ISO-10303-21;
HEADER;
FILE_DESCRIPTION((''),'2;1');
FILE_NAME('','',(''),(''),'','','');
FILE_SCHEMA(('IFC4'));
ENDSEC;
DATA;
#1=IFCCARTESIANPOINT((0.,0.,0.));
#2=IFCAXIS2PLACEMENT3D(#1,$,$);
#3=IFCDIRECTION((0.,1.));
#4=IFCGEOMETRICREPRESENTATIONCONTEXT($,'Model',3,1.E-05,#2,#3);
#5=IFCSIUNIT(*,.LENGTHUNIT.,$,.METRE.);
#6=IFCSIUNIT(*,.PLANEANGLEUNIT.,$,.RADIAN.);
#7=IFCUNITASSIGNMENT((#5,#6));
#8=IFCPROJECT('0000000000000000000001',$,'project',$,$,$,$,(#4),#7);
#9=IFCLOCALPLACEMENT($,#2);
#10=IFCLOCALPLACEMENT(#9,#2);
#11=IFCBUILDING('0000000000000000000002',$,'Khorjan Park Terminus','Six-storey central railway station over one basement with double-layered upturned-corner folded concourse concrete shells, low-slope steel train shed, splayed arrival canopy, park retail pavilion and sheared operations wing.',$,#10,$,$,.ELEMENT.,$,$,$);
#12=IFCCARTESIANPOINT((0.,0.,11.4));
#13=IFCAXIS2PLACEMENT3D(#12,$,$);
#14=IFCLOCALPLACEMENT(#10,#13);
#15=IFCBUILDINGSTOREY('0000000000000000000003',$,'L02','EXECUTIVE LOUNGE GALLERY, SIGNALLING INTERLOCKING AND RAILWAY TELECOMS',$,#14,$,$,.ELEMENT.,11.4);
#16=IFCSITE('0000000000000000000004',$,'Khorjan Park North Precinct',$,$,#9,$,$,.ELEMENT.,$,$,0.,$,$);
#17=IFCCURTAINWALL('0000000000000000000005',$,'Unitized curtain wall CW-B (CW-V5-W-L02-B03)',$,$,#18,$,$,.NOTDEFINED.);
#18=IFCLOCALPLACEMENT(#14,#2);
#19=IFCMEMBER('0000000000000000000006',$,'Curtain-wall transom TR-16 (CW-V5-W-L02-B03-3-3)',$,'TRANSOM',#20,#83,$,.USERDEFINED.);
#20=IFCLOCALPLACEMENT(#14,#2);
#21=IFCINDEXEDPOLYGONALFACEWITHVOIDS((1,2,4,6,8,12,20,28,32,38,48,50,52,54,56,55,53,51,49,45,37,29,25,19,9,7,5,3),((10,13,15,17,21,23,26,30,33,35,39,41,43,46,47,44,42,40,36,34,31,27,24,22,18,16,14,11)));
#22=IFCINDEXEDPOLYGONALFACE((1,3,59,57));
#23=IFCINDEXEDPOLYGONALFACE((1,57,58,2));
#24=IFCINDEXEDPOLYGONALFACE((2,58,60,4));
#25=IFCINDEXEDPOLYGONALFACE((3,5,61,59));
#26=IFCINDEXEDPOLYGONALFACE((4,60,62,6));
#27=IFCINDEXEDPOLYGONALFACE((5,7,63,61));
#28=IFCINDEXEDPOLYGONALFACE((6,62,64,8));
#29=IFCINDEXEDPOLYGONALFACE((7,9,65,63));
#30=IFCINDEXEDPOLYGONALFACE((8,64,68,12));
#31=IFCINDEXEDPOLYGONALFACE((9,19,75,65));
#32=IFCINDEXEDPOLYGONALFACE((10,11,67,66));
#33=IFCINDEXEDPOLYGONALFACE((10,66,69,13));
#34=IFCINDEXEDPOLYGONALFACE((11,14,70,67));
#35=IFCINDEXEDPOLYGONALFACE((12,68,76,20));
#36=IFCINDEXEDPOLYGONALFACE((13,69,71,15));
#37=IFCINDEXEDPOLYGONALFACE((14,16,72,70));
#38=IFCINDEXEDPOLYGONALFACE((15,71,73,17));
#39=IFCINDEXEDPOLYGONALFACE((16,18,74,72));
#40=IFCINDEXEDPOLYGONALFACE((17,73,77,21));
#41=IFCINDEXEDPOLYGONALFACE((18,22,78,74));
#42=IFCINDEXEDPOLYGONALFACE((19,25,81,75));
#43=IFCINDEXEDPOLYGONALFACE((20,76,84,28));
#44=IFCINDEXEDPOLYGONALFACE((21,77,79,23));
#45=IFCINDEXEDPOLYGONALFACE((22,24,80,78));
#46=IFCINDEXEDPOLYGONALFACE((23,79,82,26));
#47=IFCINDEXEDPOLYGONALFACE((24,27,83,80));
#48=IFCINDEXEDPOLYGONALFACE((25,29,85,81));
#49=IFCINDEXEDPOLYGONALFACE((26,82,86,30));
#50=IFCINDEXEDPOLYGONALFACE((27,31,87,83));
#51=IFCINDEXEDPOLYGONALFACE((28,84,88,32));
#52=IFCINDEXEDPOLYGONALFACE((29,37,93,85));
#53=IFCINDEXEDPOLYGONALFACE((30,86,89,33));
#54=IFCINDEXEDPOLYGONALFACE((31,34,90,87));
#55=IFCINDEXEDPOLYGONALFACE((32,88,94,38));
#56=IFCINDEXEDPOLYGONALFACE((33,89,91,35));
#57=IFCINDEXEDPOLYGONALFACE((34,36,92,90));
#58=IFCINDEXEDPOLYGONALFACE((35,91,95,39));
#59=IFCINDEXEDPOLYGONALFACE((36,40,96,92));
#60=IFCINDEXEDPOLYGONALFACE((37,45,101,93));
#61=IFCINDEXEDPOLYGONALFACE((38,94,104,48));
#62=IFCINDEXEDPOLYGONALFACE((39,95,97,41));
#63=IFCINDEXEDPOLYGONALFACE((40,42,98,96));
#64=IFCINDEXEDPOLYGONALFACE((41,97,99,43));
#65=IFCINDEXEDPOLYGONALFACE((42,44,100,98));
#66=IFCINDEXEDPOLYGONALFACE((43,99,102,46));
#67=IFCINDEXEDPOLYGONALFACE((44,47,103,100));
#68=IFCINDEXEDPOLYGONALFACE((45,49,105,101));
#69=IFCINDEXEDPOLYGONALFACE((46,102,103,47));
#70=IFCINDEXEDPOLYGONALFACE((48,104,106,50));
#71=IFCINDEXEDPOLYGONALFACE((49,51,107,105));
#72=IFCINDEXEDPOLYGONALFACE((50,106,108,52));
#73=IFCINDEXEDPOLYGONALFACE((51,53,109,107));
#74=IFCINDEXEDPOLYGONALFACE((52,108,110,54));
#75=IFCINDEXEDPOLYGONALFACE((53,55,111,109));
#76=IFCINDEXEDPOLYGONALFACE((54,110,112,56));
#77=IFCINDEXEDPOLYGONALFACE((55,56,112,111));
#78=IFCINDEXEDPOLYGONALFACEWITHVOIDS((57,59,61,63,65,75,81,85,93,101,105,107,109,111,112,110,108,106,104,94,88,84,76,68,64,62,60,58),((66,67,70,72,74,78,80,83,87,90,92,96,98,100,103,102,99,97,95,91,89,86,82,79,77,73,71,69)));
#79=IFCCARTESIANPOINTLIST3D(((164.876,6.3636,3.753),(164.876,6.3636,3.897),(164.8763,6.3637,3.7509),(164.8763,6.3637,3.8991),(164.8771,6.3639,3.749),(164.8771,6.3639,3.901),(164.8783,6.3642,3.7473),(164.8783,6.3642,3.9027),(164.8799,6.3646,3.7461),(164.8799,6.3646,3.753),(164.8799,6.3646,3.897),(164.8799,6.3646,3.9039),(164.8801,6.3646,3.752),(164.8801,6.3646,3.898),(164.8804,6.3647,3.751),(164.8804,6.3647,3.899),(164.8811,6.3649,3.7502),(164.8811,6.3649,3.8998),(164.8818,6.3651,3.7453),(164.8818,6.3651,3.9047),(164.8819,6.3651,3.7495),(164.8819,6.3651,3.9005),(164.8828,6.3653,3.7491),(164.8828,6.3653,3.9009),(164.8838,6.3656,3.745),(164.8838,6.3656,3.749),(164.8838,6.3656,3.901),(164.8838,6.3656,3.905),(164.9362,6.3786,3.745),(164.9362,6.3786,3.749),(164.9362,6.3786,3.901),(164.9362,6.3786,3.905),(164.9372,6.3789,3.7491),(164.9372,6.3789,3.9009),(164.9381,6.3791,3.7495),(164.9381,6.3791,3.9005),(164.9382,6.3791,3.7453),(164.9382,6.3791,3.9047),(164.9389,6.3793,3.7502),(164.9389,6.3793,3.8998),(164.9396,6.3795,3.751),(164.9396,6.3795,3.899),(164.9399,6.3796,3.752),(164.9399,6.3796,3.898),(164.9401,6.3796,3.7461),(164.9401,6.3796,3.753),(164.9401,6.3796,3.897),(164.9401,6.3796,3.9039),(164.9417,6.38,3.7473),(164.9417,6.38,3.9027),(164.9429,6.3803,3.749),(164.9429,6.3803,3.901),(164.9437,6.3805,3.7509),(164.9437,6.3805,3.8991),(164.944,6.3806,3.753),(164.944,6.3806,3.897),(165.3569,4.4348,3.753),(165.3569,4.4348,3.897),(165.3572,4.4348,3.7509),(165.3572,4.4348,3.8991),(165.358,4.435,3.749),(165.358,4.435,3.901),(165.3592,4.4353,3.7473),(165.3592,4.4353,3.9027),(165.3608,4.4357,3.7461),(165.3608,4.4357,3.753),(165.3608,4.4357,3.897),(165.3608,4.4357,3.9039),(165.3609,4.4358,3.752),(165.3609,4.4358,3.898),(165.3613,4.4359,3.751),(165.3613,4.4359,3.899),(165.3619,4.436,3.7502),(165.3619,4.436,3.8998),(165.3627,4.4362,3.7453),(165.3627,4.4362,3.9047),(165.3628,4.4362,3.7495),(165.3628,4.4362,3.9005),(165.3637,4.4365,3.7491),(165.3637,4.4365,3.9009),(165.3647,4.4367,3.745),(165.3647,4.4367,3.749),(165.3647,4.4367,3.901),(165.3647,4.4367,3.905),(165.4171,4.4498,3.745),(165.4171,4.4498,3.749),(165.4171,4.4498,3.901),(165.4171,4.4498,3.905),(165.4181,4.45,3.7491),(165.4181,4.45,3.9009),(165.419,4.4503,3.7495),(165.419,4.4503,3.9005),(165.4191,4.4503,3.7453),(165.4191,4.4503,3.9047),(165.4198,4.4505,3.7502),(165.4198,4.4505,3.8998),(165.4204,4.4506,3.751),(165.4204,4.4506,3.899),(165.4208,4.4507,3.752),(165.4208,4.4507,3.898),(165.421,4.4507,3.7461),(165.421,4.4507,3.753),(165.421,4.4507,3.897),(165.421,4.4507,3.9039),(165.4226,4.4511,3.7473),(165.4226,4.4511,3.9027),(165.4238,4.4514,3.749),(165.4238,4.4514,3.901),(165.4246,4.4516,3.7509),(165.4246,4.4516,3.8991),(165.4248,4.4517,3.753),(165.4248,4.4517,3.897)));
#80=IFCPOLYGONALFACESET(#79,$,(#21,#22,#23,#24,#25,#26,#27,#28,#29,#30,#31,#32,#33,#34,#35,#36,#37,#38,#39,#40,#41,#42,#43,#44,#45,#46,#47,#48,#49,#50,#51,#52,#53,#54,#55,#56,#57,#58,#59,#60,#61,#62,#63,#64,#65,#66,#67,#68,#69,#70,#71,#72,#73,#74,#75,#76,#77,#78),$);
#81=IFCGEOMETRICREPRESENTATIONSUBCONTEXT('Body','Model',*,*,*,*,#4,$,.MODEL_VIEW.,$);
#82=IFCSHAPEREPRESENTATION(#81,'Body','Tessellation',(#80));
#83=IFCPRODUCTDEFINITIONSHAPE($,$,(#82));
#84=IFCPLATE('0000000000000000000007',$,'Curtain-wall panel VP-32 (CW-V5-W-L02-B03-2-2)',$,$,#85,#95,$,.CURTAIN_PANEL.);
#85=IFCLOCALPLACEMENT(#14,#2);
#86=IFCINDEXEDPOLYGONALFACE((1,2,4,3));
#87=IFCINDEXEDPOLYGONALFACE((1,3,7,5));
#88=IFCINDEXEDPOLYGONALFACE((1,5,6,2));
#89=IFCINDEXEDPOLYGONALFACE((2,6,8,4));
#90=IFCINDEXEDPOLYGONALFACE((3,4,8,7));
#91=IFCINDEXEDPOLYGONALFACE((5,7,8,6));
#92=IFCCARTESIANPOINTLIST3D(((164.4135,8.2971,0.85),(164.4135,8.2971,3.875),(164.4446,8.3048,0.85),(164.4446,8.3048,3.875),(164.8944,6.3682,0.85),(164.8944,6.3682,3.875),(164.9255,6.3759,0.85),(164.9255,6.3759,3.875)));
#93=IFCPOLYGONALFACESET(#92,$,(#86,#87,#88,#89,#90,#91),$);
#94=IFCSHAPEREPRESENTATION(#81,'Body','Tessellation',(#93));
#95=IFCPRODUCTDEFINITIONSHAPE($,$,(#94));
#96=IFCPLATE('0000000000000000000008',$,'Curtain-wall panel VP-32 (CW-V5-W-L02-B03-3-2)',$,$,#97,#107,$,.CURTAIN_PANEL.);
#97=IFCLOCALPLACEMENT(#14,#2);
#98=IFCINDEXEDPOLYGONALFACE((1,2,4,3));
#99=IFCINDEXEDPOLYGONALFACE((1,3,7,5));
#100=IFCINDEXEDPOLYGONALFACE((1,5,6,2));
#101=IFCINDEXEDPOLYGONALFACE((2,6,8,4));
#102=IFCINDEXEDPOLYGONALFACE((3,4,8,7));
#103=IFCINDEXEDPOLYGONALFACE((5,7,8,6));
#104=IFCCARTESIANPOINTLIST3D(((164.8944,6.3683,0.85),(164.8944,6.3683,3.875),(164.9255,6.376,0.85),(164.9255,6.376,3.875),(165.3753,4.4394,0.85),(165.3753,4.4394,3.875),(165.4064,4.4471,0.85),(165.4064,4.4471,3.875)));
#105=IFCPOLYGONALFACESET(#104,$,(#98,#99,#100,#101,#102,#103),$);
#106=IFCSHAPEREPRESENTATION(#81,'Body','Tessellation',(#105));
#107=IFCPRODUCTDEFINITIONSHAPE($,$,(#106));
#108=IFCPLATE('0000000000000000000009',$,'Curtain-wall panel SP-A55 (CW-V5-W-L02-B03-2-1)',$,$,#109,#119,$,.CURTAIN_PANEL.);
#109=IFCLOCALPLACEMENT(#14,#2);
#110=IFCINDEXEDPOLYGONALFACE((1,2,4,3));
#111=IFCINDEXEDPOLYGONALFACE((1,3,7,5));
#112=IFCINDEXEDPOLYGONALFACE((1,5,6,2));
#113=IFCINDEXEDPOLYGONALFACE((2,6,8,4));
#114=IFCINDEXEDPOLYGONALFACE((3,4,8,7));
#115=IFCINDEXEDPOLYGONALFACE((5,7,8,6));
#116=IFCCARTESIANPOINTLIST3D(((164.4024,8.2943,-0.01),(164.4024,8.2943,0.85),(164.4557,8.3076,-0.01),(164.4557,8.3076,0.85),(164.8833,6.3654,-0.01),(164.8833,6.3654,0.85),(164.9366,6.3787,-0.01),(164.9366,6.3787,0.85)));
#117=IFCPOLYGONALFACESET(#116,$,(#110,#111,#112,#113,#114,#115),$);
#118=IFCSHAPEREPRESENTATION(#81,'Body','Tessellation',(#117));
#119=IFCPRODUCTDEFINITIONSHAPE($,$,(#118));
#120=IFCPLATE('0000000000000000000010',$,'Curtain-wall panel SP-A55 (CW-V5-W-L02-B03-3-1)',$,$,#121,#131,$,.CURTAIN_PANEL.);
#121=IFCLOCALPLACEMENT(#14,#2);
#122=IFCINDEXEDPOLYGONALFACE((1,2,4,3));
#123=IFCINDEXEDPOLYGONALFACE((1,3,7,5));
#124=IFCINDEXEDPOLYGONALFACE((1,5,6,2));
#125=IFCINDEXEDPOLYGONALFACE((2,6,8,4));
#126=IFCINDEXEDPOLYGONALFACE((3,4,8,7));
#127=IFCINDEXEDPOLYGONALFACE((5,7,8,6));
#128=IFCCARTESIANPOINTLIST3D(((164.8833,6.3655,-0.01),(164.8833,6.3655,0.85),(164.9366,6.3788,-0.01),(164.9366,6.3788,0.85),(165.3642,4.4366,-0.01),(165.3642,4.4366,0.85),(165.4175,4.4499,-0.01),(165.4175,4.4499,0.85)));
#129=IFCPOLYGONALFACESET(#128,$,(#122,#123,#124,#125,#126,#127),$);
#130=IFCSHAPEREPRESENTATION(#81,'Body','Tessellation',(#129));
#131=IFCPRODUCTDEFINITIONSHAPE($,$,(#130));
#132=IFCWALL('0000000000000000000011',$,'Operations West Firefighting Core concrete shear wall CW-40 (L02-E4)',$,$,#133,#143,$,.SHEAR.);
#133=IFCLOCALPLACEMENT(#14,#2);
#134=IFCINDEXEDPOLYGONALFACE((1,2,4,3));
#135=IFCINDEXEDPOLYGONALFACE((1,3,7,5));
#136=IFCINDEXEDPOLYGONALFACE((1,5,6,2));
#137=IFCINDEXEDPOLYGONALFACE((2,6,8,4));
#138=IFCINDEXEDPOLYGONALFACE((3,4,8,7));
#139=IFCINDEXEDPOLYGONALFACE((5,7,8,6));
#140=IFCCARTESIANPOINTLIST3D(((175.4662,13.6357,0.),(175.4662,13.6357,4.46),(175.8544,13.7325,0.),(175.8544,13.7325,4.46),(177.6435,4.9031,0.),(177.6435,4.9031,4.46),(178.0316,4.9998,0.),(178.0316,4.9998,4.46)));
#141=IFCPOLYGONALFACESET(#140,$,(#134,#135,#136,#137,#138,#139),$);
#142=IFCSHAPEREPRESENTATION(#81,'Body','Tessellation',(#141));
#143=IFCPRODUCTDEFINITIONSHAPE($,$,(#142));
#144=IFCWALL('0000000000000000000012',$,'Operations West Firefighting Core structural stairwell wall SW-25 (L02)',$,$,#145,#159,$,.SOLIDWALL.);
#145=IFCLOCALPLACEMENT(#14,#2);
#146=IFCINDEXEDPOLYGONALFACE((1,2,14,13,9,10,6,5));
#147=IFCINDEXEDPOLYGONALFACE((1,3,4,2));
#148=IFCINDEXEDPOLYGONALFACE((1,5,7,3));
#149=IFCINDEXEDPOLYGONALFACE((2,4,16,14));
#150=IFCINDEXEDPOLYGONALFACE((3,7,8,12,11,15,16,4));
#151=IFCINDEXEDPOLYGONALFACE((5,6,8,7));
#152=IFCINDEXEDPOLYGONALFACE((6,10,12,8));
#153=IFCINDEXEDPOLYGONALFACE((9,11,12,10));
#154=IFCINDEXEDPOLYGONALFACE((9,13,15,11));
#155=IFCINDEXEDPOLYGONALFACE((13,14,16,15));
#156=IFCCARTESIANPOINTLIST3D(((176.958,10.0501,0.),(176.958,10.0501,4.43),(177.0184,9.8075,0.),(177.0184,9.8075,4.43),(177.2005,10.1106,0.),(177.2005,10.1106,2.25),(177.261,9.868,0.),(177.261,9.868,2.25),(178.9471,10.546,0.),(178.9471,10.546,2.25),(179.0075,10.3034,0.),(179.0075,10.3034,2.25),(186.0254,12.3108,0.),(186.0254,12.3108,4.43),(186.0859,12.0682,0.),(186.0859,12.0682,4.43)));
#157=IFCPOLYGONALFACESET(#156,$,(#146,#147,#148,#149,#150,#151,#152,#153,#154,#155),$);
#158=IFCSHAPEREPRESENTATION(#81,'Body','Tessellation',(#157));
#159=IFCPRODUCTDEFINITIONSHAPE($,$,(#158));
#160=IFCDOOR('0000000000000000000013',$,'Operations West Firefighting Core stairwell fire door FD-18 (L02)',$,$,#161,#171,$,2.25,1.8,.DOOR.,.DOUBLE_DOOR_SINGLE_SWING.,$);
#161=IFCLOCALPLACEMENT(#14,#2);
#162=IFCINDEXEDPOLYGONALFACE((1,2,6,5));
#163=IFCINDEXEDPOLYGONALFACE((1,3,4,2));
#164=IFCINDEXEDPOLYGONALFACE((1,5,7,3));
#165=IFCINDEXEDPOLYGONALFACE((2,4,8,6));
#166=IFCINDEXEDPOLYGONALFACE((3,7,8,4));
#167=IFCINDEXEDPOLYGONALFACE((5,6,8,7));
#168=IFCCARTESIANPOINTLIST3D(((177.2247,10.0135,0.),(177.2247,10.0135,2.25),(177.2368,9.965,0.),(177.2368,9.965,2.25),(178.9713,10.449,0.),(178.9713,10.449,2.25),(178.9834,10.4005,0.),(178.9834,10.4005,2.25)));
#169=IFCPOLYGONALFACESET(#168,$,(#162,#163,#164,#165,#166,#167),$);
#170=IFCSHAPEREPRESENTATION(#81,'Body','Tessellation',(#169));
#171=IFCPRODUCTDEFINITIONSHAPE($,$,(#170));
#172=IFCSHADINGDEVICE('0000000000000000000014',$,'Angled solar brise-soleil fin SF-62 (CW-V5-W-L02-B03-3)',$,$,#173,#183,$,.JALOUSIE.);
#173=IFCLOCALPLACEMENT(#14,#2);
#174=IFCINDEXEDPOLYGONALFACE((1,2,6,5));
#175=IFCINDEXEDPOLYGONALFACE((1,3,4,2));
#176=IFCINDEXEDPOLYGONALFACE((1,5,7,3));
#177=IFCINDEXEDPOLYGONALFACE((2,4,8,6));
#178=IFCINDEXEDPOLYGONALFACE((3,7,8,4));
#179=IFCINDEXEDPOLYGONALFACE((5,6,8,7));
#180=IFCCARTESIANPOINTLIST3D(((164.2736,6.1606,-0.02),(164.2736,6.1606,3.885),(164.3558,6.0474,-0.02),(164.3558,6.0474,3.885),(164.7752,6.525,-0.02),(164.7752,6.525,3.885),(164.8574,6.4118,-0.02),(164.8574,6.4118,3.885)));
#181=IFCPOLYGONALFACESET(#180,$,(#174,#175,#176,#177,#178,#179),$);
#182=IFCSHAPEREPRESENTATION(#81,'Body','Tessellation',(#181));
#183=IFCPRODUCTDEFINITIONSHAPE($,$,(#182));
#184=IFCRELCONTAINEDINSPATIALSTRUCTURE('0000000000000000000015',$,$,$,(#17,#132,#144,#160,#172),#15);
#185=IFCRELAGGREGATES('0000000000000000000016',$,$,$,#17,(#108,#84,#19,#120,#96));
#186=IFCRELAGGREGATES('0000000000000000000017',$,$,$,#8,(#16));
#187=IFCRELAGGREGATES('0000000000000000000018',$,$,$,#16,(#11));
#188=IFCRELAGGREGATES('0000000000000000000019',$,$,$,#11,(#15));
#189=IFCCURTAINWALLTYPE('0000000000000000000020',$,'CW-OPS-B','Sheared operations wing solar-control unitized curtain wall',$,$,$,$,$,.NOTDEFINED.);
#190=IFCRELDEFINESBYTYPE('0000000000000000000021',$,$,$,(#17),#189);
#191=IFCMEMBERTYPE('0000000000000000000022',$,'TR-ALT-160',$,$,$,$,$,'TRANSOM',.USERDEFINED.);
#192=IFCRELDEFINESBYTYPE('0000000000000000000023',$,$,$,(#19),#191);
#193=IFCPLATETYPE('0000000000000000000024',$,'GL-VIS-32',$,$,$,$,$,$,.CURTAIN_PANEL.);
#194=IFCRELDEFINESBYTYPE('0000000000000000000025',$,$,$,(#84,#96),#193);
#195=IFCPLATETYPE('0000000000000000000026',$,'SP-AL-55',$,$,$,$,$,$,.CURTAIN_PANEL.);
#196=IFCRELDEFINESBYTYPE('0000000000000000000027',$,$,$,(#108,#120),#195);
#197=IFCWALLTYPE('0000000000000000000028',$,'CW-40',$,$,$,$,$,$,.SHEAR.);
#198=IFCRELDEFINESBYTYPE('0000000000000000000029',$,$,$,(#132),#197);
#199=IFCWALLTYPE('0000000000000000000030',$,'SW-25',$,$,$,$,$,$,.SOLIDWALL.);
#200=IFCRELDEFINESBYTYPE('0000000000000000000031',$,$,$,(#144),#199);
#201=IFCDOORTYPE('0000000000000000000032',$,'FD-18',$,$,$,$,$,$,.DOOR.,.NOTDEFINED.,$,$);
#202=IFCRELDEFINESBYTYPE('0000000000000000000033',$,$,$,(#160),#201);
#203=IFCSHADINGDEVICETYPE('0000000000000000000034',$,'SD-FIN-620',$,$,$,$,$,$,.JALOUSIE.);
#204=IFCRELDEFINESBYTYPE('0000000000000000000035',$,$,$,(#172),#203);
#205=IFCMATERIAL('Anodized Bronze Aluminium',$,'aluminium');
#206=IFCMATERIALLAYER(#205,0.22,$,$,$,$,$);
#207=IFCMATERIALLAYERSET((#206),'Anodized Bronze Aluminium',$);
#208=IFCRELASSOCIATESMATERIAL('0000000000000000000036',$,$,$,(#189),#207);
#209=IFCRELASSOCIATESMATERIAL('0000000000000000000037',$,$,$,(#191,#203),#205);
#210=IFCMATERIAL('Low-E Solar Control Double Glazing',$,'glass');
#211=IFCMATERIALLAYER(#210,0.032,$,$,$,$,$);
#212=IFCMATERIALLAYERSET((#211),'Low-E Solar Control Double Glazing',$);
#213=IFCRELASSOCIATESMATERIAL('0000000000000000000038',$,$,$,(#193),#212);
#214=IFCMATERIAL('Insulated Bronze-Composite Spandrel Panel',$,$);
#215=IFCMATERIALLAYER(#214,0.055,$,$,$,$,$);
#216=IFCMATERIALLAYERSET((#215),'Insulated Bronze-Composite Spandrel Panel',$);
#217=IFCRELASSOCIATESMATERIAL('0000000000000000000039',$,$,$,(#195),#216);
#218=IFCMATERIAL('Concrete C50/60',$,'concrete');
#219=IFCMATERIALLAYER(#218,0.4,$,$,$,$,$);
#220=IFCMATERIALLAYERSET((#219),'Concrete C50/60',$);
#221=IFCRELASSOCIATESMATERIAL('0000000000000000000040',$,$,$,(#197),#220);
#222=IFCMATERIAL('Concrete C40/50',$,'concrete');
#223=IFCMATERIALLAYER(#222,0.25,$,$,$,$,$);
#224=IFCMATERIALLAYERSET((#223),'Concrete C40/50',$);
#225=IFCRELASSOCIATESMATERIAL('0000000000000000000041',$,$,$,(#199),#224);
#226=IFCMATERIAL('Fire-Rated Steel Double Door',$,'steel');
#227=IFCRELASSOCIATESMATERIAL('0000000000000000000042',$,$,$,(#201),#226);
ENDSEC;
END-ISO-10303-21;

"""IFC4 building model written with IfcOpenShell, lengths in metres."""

from ifc_helpers import new_model, si_unit, direction, frame, frame_2d, origin, origin_2d, place, context, subcontext, project, spatial, rectangle, hollow_rectangle, extrude, material, layer, layer_set, material_profile, profile_set, type_object, element, fill, aggregate, save


model = new_model("IFC4")

# Units and contexts
model_context = context("Model", 3, precision=1e-05, world=origin(), true_north=direction((0.0, 1.0)))
body_context = subcontext(model_context, "Body", "Model", "MODEL_VIEW")
ifc_project = project(units=[si_unit("LENGTHUNIT", "METRE"), si_unit("PLANEANGLEUNIT", "RADIAN")], contexts=[model_context])

# Site, building, storey
site_placement = place(None, origin())
site = spatial("IfcSite", under=ifc_project, at=site_placement, Name="Khorjan Park North Precinct", CompositionType="ELEMENT", RefElevation=0.0)
building_placement = place(site_placement, origin())
building = spatial("IfcBuilding", under=site, at=building_placement, Name="Khorjan Park Terminus", Description="Six-storey central railway station over one basement with double-layered upturned-corner folded concourse concrete shells, low-slope steel train shed, splayed arrival canopy, park retail pavilion and sheared operations wing.", CompositionType="ELEMENT")
storey_placement = place(building_placement, frame((0.0, 0.0, 11.4)))
storey = spatial("IfcBuildingStorey", under=building, at=storey_placement, Name="L02", Description="EXECUTIVE LOUNGE GALLERY, SIGNALLING INTERLOCKING AND RAILWAY TELECOMS", CompositionType="ELEMENT", Elevation=11.4)

# Shared definitions
ifc_material_1 = material(Name="Concrete C50/60", Category="concrete")

# Shared definitions
ifc_material_2 = material(Name="Concrete C40/50", Category="concrete")

# Curtain wall, member, plates
ifc_material_3 = material(Name="Anodized Bronze Aluminium", Category="aluminium")
ifc_layer_1 = layer(ifc_material_3, 0.22)
ifc_layer_set_1 = layer_set([ifc_layer_1], Name="Anodized Bronze Aluminium")
curtain_wall_type = type_object("IfcCurtainWallType", Name="CW-OPS-B", Description="Sheared operations wing solar-control unitized curtain wall", PredefinedType="NOTDEFINED", material=ifc_layer_set_1)
curtain_wall_placement = place(storey_placement, origin())
curtain_wall = element("IfcCurtainWall", 1, at=curtain_wall_placement, inside=storey, type_object=curtain_wall_type, Name="Unitized curtain wall CW-B (CW-V5-W-L02-B03)", PredefinedType="NOTDEFINED")
ifc_material_profile_1 = material_profile(ifc_material_3, hollow_rectangle(XDim=0.07, YDim=0.16, WallThickness=0.004, InnerFilletRadius=0.004, OuterFilletRadius=0.008, at=origin_2d()), Name="ALT 70x160x4")
ifc_profile_set_1 = profile_set([ifc_material_profile_1], Name="Anodized Bronze Aluminium")
member_type_1 = type_object("IfcMemberType", Name="TR-ALT-160", ElementType="TRANSOM", PredefinedType="USERDEFINED", material=ifc_profile_set_1)
member_1_placement = place(storey_placement, frame((164.91, 6.3721, 3.825), z_axis=(0.241908, -0.970299, 0.0), x_axis=(0.970299, 0.241908, 0.0)))
member_1 = element("IfcMember", 2, at=member_1_placement, type_object=member_type_1, Name="Curtain-wall transom TR-16 (CW-V5-W-L02-B03-3-3)", ObjectType="TRANSOM", PredefinedType="USERDEFINED", context=body_context, shape_type="SweptSolid", body=[
    extrude(hollow_rectangle(XDim=0.07, YDim=0.16, WallThickness=0.004, InnerFilletRadius=0.004, OuterFilletRadius=0.008, at=origin_2d()), origin(), (0.0, 0.0, 1.0), 1.9879),
])
ifc_material_4 = material(Name="Low-E Solar Control Double Glazing", Category="glass")
ifc_layer_2 = layer(ifc_material_4, 0.032)
ifc_layer_set_2 = layer_set([ifc_layer_2], Name="Low-E Solar Control Double Glazing")
plate_type_1 = type_object("IfcPlateType", Name="GL-VIS-32", PredefinedType="CURTAIN_PANEL", material=ifc_layer_set_2)
plate_1_placement = place(storey_placement, frame((164.6695, 7.3365, 0.85), z_axis=(0.0, 0.0, 1.0), x_axis=(0.24192, -0.970296, 0.0)))
plate_1 = element("IfcPlate", 3, at=plate_1_placement, type_object=plate_type_1, Name="Curtain-wall panel VP-32 (CW-V5-W-L02-B03-2-2)", PredefinedType="CURTAIN_PANEL", context=body_context, shape_type="SweptSolid", body=[
    extrude(rectangle(XDim=1.9879, YDim=0.032, at=origin_2d()), origin(), (0.0, 0.0, 1.0), 3.025),
])
plate_2_placement = place(storey_placement, frame((165.1504, 5.4077, 0.85), z_axis=(0.0, 0.0, 1.0), x_axis=(0.24192, -0.970296, 0.0)))
plate_2 = element("IfcPlate", 4, at=plate_2_placement, type_object=plate_type_1, Name="Curtain-wall panel VP-32 (CW-V5-W-L02-B03-3-2)", PredefinedType="CURTAIN_PANEL", context=body_context, shape_type="SweptSolid", body=[
    extrude(rectangle(XDim=1.9879, YDim=0.032, at=origin_2d()), origin(), (0.0, 0.0, 1.0), 3.025),
])
ifc_material_5 = material(Name="Insulated Bronze-Composite Spandrel Panel")
ifc_layer_3 = layer(ifc_material_5, 0.055)
ifc_layer_set_3 = layer_set([ifc_layer_3], Name="Insulated Bronze-Composite Spandrel Panel")
plate_type_2 = type_object("IfcPlateType", Name="SP-AL-55", PredefinedType="CURTAIN_PANEL", material=ifc_layer_set_3)
plate_3_placement = place(storey_placement, frame((164.6695, 7.3365, -0.01), z_axis=(0.0, 0.0, 1.0), x_axis=(0.24192, -0.970296, 0.0)))
plate_3 = element("IfcPlate", 5, at=plate_3_placement, type_object=plate_type_2, Name="Curtain-wall panel SP-A55 (CW-V5-W-L02-B03-2-1)", PredefinedType="CURTAIN_PANEL", context=body_context, shape_type="SweptSolid", body=[
    extrude(rectangle(XDim=1.9879, YDim=0.055, at=origin_2d()), origin(), (0.0, 0.0, 1.0), 0.86),
])
plate_4_placement = place(storey_placement, frame((165.1504, 5.4077, -0.01), z_axis=(0.0, 0.0, 1.0), x_axis=(0.24192, -0.970296, 0.0)))
plate_4 = element("IfcPlate", 6, at=plate_4_placement, type_object=plate_type_2, Name="Curtain-wall panel SP-A55 (CW-V5-W-L02-B03-3-1)", PredefinedType="CURTAIN_PANEL", context=body_context, shape_type="SweptSolid", body=[
    extrude(rectangle(XDim=1.9879, YDim=0.055, at=origin_2d()), origin(), (0.0, 0.0, 1.0), 0.86),
])
aggregate(curtain_wall, [plate_3, plate_1, member_1, plate_4, plate_2])

# Wall
ifc_layer_4 = layer(ifc_material_1, 0.4)
ifc_layer_set_4 = layer_set([ifc_layer_4], Name="Concrete C50/60")
wall_type_1 = type_object("IfcWallType", Name="CW-40", PredefinedType="SHEAR", material=ifc_layer_set_4)
wall_1_placement = place(storey_placement, frame((175.6603, 13.6841, 0.0), z_axis=(0.0, 0.0, 1.0), x_axis=(0.241921, -0.970296, 0.0)))
element("IfcWall", 7, at=wall_1_placement, inside=storey, type_object=wall_type_1, Name="Operations West Firefighting Core concrete shear wall CW-40 (L02-E4)", PredefinedType="SHEAR", context=body_context, shape_type="SweptSolid", body=[
    extrude(rectangle(XDim=9.0, YDim=0.4, at=frame_2d((4.5, 0.0))), origin(), (0.0, 0.0, 1.0), 4.46),
])

# Wall, opening, door
ifc_layer_5 = layer(ifc_material_2, 0.25)
ifc_layer_set_5 = layer_set([ifc_layer_5], Name="Concrete C40/50")
wall_type_2 = type_object("IfcWallType", Name="SW-25", PredefinedType="SOLIDWALL", material=ifc_layer_set_5)
wall_2_placement = place(storey_placement, frame((176.9882, 9.9288, 0.0), z_axis=(0.0, 0.0, 1.0), x_axis=(0.970297, 0.241916, 0.0)))
wall_2 = element("IfcWall", 8, at=wall_2_placement, inside=storey, type_object=wall_type_2, Name="Operations West Firefighting Core structural stairwell wall SW-25 (L02)", PredefinedType="SOLIDWALL", context=body_context, shape_type="SweptSolid", body=[
    extrude(rectangle(XDim=9.345, YDim=0.25, at=frame_2d((4.6725, 0.0))), origin(), (0.0, 0.0, 1.0), 4.43),
])
opening_placement = place(wall_2_placement, frame((0.25, 0.0, 0.0)))
opening = element("IfcOpeningElement", 9, at=opening_placement, cuts=wall_2, PredefinedType="OPENING", context=body_context, shape_type="SweptSolid", body=[
    extrude(rectangle(XDim=1.8, YDim=2.25, at=frame_2d((0.9, 1.125))), frame((0.0, 0.135, 0.0), z_axis=(0.0, -1.0, 0.0), x_axis=(1.0, 0.0, 0.0)), (0.0, 0.0, 1.0), 0.27),
])
ifc_material_6 = material(Name="Fire-Rated Steel Double Door", Category="steel")
door_type = type_object("IfcDoorType", Name="FD-18", OperationType="NOTDEFINED", PredefinedType="DOOR", material=ifc_material_6)
door_placement = place(opening_placement, origin())
door = element("IfcDoor", 10, at=door_placement, inside=storey, type_object=door_type, Name="Operations West Firefighting Core stairwell fire door FD-18 (L02)", OperationType="DOUBLE_DOOR_SINGLE_SWING", OverallHeight=2.25, OverallWidth=1.8, PredefinedType="DOOR", context=body_context, shape_type="SweptSolid", body=[
    extrude(rectangle(XDim=1.8, YDim=2.25, at=frame_2d((0.9, 1.125))), frame((0.0, 0.025, 0.0), z_axis=(0.0, -1.0, 0.0), x_axis=(1.0, 0.0, 0.0)), (0.0, 0.0, 1.0), 0.05),
])
fill(opening, door)

# Shading device
shading_device_type = type_object("IfcShadingDeviceType", Name="SD-FIN-620", PredefinedType="JALOUSIE", material=ifc_material_3)
shading_device_placement = place(storey_placement, frame((164.5655, 6.2862, -0.02), z_axis=(0.0, 0.0, 1.0), x_axis=(0.809017, 0.587785, 0.0)))
element("IfcShadingDevice", 11, at=shading_device_placement, inside=storey, type_object=shading_device_type, Name="Angled solar brise-soleil fin SF-62 (CW-V5-W-L02-B03-3)", PredefinedType="JALOUSIE", context=body_context, shape_type="SweptSolid", body=[
    extrude(rectangle(XDim=0.62, YDim=0.14, at=origin_2d()), origin(), (0.0, 0.0, 1.0), 3.905),
])

save(model, "model.ifc")
